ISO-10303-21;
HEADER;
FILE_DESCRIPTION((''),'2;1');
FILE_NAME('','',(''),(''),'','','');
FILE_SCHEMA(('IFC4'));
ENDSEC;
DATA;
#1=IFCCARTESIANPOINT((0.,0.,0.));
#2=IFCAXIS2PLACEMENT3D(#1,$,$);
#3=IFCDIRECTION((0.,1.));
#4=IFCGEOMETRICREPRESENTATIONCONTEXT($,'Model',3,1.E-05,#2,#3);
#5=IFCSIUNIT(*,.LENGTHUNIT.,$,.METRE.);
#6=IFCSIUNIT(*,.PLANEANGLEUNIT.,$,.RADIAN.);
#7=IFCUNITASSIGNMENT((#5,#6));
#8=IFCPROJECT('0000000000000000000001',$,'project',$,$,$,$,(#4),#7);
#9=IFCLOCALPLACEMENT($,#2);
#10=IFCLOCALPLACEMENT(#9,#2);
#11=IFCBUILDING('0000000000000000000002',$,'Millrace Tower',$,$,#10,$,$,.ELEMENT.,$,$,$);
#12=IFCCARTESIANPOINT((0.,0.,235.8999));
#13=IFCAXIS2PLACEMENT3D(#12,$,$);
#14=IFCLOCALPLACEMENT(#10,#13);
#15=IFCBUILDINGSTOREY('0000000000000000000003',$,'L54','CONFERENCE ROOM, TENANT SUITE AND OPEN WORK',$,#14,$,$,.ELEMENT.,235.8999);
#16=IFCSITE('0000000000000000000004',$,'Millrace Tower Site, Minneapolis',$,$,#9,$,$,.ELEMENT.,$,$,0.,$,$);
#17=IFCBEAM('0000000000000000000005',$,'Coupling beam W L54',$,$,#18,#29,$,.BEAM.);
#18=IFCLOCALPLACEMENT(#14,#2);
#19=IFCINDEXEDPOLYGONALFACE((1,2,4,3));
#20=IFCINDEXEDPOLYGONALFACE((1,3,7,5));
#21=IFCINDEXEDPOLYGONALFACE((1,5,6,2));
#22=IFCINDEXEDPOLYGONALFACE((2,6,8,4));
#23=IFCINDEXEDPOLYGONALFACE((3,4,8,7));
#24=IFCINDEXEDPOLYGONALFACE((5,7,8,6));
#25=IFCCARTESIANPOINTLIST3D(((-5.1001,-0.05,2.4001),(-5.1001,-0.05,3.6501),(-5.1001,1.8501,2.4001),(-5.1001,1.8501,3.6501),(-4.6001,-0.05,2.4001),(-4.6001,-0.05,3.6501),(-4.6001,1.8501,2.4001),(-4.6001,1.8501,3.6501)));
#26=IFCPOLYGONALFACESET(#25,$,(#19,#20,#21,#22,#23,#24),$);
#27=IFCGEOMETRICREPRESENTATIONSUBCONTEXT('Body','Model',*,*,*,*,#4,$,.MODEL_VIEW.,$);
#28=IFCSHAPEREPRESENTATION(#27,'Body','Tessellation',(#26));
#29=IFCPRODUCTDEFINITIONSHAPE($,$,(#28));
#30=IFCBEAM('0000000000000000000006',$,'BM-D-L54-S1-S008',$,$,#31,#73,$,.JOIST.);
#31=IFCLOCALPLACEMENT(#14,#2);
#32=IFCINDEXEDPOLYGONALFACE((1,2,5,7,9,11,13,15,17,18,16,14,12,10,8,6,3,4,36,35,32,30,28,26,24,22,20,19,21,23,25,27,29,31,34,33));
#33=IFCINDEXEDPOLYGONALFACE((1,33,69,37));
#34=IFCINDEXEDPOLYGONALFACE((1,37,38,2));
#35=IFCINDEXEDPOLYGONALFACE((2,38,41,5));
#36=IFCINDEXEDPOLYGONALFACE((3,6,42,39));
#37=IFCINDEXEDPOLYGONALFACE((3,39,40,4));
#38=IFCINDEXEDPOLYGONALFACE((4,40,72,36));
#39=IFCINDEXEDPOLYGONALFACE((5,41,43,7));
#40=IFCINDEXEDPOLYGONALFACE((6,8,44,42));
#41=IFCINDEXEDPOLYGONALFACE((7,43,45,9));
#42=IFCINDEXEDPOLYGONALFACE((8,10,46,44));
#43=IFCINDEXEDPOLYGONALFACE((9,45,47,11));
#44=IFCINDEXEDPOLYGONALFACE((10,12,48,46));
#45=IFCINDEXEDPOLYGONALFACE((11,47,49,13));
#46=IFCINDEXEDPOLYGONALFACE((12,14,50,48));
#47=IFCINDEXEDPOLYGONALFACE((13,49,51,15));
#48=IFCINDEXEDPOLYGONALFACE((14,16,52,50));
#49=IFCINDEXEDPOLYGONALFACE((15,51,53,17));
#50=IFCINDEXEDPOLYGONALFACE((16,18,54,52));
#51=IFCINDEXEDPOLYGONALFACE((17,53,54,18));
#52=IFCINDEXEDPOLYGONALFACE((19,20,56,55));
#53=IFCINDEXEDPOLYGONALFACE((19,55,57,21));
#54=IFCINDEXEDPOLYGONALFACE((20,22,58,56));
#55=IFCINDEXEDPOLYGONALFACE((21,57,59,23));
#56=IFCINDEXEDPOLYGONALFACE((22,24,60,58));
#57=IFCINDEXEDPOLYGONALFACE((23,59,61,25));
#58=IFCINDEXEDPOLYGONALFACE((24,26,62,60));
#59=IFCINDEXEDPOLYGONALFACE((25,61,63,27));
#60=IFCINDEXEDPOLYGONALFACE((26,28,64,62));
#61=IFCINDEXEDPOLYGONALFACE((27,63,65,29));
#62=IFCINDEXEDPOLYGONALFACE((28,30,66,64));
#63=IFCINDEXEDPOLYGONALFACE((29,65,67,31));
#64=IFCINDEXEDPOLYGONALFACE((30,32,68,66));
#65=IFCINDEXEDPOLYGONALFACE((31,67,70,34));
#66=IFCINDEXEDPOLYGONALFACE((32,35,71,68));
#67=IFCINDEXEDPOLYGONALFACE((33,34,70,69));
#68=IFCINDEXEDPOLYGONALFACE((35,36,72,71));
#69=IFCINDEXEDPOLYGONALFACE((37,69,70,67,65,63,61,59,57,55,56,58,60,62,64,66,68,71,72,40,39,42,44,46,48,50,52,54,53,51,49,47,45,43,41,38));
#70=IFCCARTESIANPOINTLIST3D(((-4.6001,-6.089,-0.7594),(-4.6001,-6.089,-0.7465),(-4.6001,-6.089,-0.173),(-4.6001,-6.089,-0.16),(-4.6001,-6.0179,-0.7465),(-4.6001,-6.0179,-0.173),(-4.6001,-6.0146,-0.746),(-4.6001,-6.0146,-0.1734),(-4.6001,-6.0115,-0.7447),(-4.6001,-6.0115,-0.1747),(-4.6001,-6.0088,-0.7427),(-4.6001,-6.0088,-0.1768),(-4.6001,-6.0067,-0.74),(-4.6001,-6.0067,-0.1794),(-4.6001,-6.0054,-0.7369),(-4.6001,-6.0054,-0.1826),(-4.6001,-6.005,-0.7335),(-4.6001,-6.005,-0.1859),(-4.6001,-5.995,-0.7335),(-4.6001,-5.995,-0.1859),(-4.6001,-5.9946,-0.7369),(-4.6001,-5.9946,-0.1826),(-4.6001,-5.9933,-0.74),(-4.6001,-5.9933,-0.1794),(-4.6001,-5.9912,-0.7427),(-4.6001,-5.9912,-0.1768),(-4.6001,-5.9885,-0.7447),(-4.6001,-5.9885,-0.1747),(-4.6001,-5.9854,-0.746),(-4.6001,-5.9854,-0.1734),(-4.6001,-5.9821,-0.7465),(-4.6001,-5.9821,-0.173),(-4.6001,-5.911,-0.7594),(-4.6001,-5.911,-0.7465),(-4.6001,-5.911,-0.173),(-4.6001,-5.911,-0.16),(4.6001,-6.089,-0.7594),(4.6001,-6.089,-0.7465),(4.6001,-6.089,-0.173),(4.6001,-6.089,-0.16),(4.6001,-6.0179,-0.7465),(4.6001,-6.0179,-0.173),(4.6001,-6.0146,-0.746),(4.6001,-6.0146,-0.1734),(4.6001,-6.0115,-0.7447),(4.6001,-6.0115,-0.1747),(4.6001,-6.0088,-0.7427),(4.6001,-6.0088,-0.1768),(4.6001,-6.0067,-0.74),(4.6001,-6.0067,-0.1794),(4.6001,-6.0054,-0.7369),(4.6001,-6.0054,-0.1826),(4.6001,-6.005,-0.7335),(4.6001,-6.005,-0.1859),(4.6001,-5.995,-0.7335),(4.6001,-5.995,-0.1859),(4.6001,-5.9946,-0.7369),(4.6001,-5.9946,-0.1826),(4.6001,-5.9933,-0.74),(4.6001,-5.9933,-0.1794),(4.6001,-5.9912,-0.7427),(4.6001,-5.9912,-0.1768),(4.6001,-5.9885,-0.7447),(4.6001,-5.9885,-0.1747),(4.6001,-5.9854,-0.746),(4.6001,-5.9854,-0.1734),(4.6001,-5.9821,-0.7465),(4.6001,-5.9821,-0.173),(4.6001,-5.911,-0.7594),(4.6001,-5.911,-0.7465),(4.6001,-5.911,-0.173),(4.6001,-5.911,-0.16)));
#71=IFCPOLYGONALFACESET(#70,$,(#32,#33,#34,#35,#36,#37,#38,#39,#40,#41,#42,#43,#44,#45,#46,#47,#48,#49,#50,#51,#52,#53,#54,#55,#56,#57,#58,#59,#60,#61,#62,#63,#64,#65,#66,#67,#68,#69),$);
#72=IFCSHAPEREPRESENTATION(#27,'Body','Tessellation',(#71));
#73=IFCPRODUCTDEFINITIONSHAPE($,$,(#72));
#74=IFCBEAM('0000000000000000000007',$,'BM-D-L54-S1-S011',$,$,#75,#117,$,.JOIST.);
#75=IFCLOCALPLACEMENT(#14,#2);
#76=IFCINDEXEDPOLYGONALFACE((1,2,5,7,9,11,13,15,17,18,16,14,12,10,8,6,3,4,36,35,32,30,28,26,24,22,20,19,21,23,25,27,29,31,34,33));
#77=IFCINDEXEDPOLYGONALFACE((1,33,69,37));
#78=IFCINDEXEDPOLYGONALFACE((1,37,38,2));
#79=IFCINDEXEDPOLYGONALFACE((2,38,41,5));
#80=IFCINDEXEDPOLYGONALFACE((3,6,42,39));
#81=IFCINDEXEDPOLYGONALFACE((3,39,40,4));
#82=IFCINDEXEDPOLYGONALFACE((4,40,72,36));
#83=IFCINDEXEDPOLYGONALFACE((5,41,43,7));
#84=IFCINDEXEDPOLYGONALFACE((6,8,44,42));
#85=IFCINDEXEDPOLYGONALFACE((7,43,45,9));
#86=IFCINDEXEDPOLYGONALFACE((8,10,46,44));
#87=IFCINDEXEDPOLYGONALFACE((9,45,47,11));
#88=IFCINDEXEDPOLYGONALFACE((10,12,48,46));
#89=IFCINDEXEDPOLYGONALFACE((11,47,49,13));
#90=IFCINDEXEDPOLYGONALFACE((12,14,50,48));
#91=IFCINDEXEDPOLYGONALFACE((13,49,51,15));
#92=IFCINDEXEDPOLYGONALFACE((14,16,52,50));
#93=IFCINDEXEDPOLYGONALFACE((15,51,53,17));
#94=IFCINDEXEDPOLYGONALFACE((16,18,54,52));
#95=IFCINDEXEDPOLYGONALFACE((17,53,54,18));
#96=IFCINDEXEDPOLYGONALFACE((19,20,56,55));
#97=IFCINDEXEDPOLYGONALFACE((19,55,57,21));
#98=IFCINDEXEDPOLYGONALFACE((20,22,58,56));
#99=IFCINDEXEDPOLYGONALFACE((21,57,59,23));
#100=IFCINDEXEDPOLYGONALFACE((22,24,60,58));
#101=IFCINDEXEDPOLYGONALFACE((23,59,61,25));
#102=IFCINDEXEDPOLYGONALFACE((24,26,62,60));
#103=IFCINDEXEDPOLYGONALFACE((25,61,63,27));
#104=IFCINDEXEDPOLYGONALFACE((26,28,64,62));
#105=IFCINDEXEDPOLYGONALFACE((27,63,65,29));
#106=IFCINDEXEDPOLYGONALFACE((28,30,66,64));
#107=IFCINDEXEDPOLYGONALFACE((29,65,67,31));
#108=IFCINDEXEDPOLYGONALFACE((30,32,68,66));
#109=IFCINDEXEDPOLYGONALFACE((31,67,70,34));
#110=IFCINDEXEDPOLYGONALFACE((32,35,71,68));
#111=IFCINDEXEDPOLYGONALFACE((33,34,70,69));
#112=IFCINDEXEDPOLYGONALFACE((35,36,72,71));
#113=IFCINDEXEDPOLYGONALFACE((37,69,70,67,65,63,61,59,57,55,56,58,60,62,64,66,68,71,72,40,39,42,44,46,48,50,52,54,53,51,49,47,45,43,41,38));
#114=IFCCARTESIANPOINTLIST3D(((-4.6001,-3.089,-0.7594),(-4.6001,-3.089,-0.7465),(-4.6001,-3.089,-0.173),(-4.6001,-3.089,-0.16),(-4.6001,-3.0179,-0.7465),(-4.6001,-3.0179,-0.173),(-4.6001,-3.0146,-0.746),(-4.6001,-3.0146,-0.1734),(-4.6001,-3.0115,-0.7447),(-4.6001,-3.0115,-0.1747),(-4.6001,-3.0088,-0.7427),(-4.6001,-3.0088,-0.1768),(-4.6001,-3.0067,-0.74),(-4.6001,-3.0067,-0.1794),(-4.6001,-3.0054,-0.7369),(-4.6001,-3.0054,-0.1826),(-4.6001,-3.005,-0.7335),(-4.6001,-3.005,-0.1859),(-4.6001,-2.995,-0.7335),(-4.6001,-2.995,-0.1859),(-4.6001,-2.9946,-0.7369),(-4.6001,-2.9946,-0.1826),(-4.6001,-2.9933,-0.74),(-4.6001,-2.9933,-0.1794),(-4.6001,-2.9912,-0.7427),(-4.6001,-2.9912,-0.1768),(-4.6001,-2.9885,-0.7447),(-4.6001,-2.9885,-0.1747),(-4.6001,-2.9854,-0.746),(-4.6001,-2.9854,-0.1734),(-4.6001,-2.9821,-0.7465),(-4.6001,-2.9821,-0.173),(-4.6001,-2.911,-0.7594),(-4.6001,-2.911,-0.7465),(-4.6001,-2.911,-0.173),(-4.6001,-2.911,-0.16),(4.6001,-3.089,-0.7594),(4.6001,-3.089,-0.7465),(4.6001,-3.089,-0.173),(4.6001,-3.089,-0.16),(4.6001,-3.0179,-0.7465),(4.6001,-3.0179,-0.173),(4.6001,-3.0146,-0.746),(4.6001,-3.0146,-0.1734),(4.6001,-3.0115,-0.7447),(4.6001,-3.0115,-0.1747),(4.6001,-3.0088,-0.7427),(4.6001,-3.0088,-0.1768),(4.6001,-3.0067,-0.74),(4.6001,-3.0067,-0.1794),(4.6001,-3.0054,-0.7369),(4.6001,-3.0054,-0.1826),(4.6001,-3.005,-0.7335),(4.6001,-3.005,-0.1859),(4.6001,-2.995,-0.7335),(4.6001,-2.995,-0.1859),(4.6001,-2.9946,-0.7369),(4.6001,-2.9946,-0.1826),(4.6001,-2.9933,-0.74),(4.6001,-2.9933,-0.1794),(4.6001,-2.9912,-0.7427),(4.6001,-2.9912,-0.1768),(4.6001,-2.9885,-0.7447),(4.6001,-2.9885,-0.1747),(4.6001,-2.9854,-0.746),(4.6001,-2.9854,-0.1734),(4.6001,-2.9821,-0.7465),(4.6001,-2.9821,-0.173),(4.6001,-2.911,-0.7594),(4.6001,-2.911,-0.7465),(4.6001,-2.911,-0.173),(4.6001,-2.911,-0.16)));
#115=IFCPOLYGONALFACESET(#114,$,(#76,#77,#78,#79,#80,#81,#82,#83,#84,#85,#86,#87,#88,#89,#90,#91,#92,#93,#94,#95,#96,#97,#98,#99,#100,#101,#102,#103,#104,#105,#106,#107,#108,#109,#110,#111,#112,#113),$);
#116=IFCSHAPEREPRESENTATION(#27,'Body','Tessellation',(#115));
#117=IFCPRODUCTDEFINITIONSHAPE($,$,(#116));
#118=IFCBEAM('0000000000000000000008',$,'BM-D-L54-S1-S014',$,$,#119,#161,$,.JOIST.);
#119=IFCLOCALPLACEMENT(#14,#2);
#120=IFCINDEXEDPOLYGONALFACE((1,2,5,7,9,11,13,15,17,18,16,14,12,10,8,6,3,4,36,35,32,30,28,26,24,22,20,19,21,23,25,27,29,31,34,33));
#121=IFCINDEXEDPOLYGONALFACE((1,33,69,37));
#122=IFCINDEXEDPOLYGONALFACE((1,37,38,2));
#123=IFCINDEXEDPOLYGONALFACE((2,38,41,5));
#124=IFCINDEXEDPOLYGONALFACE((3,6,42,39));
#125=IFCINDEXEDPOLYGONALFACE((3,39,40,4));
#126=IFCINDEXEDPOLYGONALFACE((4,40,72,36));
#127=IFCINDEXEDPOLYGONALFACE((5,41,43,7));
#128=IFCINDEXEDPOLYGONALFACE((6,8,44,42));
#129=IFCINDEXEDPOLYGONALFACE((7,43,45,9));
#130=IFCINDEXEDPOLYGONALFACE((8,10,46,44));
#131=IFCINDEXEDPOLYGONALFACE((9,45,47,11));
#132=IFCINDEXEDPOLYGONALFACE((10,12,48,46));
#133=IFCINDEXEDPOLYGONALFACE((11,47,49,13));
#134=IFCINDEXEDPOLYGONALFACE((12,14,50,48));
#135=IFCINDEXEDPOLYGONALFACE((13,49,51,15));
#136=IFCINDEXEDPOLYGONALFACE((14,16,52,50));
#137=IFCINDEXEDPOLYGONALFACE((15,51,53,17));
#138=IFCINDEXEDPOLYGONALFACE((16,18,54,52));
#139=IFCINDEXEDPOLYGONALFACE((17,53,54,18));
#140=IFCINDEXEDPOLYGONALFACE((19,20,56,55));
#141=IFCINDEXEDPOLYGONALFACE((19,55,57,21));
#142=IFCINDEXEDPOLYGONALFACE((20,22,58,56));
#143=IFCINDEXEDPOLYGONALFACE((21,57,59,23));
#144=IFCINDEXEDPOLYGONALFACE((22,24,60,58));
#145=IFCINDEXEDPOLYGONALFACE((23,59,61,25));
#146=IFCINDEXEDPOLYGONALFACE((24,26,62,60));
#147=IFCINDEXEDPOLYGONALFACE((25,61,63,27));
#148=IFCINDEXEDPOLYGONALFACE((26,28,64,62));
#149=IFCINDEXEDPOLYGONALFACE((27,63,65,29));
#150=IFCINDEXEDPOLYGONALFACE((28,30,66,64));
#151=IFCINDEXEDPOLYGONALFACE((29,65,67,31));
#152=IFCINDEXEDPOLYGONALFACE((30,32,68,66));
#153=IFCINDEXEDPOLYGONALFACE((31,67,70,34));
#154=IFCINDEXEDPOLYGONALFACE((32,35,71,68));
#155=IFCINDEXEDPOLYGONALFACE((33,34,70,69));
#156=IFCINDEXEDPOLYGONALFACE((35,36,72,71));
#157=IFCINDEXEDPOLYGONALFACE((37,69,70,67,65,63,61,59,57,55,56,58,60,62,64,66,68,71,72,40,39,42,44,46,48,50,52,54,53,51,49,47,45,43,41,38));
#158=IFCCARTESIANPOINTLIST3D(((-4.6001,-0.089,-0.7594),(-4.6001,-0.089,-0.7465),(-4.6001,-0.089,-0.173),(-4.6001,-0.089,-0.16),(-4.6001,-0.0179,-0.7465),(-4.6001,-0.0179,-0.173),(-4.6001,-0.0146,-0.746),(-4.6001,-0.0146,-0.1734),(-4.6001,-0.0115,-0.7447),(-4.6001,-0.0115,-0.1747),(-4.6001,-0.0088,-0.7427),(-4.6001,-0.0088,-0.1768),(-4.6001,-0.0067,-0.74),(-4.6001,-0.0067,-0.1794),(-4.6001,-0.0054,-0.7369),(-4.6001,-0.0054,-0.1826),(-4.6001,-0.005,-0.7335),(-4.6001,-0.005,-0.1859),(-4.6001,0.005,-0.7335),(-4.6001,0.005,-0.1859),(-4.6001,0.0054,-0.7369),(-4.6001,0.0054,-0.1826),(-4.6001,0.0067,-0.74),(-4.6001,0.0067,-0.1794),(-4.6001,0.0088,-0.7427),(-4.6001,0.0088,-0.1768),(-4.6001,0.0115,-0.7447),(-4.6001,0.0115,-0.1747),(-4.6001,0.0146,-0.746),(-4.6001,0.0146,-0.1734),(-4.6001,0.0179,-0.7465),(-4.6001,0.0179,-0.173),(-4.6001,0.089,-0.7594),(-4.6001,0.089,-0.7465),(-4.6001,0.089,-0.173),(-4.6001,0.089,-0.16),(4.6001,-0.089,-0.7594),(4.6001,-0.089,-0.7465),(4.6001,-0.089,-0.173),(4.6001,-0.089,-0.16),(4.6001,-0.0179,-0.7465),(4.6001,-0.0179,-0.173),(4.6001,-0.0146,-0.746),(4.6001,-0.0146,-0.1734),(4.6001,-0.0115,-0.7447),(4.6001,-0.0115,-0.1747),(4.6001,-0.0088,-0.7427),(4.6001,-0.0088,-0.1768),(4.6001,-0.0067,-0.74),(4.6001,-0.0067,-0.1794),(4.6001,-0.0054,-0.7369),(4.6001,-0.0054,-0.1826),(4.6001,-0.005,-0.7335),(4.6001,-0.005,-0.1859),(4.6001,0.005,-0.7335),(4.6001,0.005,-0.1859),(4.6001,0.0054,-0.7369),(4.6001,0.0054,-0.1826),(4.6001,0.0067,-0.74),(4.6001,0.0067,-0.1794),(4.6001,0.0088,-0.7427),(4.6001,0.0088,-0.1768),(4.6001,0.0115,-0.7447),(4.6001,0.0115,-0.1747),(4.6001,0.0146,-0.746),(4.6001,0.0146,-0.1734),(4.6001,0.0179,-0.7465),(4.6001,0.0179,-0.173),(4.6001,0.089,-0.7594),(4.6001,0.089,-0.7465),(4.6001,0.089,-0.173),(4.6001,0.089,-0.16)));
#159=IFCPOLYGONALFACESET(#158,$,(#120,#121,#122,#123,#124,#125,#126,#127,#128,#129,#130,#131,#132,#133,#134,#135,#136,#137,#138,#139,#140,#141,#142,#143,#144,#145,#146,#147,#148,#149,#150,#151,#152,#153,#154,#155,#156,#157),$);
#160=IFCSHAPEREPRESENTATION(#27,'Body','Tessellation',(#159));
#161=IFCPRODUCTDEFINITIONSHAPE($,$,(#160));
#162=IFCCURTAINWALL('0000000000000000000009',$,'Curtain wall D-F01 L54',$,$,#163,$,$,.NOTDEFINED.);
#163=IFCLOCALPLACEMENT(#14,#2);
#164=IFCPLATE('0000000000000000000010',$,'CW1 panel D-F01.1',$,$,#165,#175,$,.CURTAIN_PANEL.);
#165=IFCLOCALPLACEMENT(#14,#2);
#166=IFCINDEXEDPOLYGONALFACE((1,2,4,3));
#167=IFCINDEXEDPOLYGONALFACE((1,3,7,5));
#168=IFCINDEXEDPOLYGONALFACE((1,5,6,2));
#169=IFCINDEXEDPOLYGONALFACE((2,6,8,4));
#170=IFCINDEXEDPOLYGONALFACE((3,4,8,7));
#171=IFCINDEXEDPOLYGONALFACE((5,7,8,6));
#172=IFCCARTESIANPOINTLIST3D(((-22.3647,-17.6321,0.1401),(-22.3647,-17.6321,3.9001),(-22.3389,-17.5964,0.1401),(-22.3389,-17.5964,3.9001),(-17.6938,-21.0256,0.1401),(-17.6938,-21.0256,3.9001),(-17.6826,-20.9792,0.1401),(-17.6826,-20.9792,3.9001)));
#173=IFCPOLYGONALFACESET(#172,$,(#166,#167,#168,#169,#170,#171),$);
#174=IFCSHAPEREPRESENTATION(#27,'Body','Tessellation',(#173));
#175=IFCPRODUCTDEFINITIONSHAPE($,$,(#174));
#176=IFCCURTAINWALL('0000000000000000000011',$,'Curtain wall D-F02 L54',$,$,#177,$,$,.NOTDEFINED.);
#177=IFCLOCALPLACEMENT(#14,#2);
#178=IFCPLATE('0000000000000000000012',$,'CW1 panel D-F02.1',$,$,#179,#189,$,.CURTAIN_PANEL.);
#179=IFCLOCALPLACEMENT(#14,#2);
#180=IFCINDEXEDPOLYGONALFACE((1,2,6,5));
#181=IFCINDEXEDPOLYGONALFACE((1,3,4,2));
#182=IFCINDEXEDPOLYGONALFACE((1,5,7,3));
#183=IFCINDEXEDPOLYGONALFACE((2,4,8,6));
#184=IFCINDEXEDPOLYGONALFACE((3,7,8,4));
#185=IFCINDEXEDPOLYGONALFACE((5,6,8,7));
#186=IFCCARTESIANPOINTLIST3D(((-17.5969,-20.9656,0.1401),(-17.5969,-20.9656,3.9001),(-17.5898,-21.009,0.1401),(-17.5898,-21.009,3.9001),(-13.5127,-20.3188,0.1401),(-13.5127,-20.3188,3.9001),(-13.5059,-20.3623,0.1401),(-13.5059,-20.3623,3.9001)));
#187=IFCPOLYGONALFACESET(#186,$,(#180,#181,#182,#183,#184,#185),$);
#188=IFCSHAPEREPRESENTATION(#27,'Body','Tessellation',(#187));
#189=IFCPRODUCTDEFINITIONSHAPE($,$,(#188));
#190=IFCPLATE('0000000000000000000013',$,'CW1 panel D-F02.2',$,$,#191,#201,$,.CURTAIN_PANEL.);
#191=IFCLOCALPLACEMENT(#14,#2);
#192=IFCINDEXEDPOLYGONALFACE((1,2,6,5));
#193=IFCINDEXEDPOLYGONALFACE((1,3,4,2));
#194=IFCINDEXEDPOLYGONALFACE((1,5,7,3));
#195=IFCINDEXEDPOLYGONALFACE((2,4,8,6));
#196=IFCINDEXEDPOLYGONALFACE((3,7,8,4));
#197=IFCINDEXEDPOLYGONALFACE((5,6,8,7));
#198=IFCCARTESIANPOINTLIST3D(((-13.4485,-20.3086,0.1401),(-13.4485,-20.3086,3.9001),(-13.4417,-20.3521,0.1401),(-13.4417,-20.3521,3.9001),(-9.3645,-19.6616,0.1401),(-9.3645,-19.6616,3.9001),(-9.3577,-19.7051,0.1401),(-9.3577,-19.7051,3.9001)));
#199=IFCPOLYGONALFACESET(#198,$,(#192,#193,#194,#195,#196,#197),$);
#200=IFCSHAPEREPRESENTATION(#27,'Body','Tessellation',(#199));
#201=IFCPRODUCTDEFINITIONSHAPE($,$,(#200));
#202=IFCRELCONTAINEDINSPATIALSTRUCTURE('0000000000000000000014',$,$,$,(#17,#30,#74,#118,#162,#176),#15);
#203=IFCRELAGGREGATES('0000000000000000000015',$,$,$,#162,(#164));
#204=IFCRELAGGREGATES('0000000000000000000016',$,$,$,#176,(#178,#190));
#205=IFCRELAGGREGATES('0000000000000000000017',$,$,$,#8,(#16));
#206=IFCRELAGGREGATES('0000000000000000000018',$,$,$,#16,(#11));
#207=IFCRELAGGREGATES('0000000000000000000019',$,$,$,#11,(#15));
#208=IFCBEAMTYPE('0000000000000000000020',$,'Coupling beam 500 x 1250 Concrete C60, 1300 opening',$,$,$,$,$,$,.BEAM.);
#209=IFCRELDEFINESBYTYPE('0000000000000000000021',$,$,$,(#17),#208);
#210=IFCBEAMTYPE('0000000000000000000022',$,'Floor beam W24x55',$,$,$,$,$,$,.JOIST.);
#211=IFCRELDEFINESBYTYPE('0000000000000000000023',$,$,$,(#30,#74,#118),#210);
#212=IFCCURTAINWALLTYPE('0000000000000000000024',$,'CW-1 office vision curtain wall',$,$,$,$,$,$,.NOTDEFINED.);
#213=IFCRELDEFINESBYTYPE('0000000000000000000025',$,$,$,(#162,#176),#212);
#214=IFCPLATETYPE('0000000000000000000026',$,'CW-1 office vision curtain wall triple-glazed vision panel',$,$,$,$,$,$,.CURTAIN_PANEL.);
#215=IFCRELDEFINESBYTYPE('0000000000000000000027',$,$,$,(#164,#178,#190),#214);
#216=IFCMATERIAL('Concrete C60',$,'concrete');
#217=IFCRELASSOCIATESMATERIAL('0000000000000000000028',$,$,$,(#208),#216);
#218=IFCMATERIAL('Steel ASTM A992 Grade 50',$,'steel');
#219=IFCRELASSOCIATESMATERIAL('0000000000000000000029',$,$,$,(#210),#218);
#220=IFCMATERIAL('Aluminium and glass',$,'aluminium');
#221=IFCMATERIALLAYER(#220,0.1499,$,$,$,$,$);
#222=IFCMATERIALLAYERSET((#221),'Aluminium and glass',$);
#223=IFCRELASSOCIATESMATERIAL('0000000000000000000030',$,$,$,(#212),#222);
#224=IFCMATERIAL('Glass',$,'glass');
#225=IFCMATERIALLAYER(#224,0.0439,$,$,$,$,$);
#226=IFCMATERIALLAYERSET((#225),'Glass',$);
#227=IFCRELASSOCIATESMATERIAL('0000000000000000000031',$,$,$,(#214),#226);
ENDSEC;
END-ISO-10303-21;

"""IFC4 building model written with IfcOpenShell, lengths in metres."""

from ifc_helpers import new_model, si_unit, direction, frame, origin, origin_2d, place, context, subcontext, project, spatial, polyline, rectangle, i_section, outline, extrude, material, layer, layer_set, material_profile, profile_set, type_object, element, aggregate, save


model = new_model("IFC4")

# Units and contexts
model_context = context("Model", 3, precision=1e-05, world=origin(), true_north=direction((0.0, 1.0)))
body_context = subcontext(model_context, "Body", "Model", "MODEL_VIEW")
ifc_project = project(units=[si_unit("LENGTHUNIT", "METRE"), si_unit("PLANEANGLEUNIT", "RADIAN")], contexts=[model_context])

# Site, building, storey
site_placement = place(None, origin())
site = spatial("IfcSite", under=ifc_project, at=site_placement, Name="Millrace Tower Site, Minneapolis", CompositionType="ELEMENT", RefElevation=0.0)
building_placement = place(site_placement, origin())
building = spatial("IfcBuilding", under=site, at=building_placement, Name="Millrace Tower", CompositionType="ELEMENT")
storey_placement = place(building_placement, frame((0.0, 0.0, 235.8999)))
storey = spatial("IfcBuildingStorey", under=building, at=storey_placement, Name="L54", Description="CONFERENCE ROOM, TENANT SUITE AND OPEN WORK", CompositionType="ELEMENT", Elevation=235.8999)

# Beams
ifc_material_1 = material(Name="Concrete C60", Category="concrete")
ifc_material_profile_1 = material_profile(ifc_material_1, rectangle(XDim=0.5, YDim=1.25, at=origin_2d()))
ifc_profile_set_1 = profile_set([ifc_material_profile_1], Name="Concrete C60")
beam_type_1 = type_object("IfcBeamType", Name="Coupling beam 500 x 1250 Concrete C60, 1300 opening", PredefinedType="BEAM", material=ifc_profile_set_1)
beam_placement = place(storey_placement, frame((-4.8501, -0.05, 3.0251), z_axis=(0.0, 1.0, 0.0), x_axis=(-1.0, 0.0, 0.0)))
element("IfcBeam", 1, at=beam_placement, inside=storey, type_object=beam_type_1, Name="Coupling beam W L54", PredefinedType="BEAM", context=body_context, shape_type="SweptSolid", body=[
    extrude(rectangle(XDim=0.5, YDim=1.25, at=origin_2d()), origin(), (0.0, 0.0, 1.0), 1.9001),
])
ifc_material_2 = material(Name="Steel ASTM A992 Grade 50", Category="steel")
ifc_material_profile_2 = material_profile(ifc_material_2, i_section(OverallWidth=0.178, OverallDepth=0.5994, WebThickness=0.01, FlangeThickness=0.0129, FilletRadius=0.0129, at=origin_2d()))
ifc_profile_set_2 = profile_set([ifc_material_profile_2], Name="Steel ASTM A992 Grade 50")
beam_type_2 = type_object("IfcBeamType", Name="Floor beam W24x55", PredefinedType="JOIST", material=ifc_profile_set_2)
for number, where, z_axis, x_axis, name in (
    (2, (-4.6001, -6.0, -0.4597), (1.0, 0.0, 0.0), (0.0, 1.0, 0.0), "BM-D-L54-S1-S008"),
    (3, (-4.6001, -3.0, -0.4597), (1.0, 0.0, 0.0), (0.0, 1.0, 0.0), "BM-D-L54-S1-S011"),
    (4, (-4.6001, 0.0, -0.4597), (1.0, 0.0, 0.0), (0.0, 1.0, 0.0), "BM-D-L54-S1-S014"),
):
    element("IfcBeam", number, at=place(storey_placement, frame(where, z_axis=z_axis, x_axis=x_axis)), inside=storey, type_object=beam_type_2, Name=name, PredefinedType="JOIST", context=body_context, shape_type="SweptSolid", body=[
        extrude(i_section(OverallWidth=0.178, OverallDepth=0.5994, WebThickness=0.01, FlangeThickness=0.0129, FilletRadius=0.0129, at=origin_2d()), origin(), (0.0, 0.0, 1.0), 9.2002),
    ])

# Curtain wall, plate
ifc_material_3 = material(Name="Aluminium and glass", Category="aluminium")
ifc_layer_1 = layer(ifc_material_3, 0.1499)
ifc_layer_set_1 = layer_set([ifc_layer_1], Name="Aluminium and glass")
curtain_wall_type = type_object("IfcCurtainWallType", Name="CW-1 office vision curtain wall", PredefinedType="NOTDEFINED", material=ifc_layer_set_1)
placement_1 = place(storey_placement, origin())
curtain_wall_1 = element("IfcCurtainWall", 5, at=placement_1, inside=storey, type_object=curtain_wall_type, Name="Curtain wall D-F01 L54", PredefinedType="NOTDEFINED")
ifc_material_4 = material(Name="Glass", Category="glass")
ifc_layer_2 = layer(ifc_material_4, 0.0439)
ifc_layer_set_2 = layer_set([ifc_layer_2], Name="Glass")
plate_type = type_object("IfcPlateType", Name="CW-1 office vision curtain wall triple-glazed vision panel", PredefinedType="CURTAIN_PANEL", material=ifc_layer_set_2)
placement_2 = place(storey_placement, frame((0.0, 0.0, 0.1401)))
plate_1 = element("IfcPlate", 6, at=placement_2, type_object=plate_type, Name="CW1 panel D-F01.1", PredefinedType="CURTAIN_PANEL", context=body_context, shape_type="SweptSolid", body=[
    extrude(outline(polyline([(-22.3647, -17.6321), (-17.6938, -21.0256), (-17.6826, -20.9792), (-22.3389, -17.5964), (-22.3647, -17.6321)])), origin(), (0.0, 0.0, 1.0), 3.76),
])
aggregate(curtain_wall_1, [plate_1])

# Curtain wall, plates
curtain_wall_2 = element("IfcCurtainWall", 7, at=placement_1, inside=storey, type_object=curtain_wall_type, Name="Curtain wall D-F02 L54", PredefinedType="NOTDEFINED")
plate_2 = element("IfcPlate", 8, at=placement_2, type_object=plate_type, Name="CW1 panel D-F02.1", PredefinedType="CURTAIN_PANEL", context=body_context, shape_type="SweptSolid", body=[
    extrude(outline(polyline([(-17.5898, -21.009), (-13.5059, -20.3623), (-13.5127, -20.3188), (-17.5969, -20.9656), (-17.5898, -21.009)])), origin(), (0.0, 0.0, 1.0), 3.76),
])
plate_3 = element("IfcPlate", 9, at=placement_2, type_object=plate_type, Name="CW1 panel D-F02.2", PredefinedType="CURTAIN_PANEL", context=body_context, shape_type="SweptSolid", body=[
    extrude(outline(polyline([(-13.4417, -20.3521), (-9.3577, -19.7051), (-9.3645, -19.6616), (-13.4485, -20.3086), (-13.4417, -20.3521)])), origin(), (0.0, 0.0, 1.0), 3.76),
])
aggregate(curtain_wall_2, [plate_2, plate_3])

save(model, "model.ifc")
